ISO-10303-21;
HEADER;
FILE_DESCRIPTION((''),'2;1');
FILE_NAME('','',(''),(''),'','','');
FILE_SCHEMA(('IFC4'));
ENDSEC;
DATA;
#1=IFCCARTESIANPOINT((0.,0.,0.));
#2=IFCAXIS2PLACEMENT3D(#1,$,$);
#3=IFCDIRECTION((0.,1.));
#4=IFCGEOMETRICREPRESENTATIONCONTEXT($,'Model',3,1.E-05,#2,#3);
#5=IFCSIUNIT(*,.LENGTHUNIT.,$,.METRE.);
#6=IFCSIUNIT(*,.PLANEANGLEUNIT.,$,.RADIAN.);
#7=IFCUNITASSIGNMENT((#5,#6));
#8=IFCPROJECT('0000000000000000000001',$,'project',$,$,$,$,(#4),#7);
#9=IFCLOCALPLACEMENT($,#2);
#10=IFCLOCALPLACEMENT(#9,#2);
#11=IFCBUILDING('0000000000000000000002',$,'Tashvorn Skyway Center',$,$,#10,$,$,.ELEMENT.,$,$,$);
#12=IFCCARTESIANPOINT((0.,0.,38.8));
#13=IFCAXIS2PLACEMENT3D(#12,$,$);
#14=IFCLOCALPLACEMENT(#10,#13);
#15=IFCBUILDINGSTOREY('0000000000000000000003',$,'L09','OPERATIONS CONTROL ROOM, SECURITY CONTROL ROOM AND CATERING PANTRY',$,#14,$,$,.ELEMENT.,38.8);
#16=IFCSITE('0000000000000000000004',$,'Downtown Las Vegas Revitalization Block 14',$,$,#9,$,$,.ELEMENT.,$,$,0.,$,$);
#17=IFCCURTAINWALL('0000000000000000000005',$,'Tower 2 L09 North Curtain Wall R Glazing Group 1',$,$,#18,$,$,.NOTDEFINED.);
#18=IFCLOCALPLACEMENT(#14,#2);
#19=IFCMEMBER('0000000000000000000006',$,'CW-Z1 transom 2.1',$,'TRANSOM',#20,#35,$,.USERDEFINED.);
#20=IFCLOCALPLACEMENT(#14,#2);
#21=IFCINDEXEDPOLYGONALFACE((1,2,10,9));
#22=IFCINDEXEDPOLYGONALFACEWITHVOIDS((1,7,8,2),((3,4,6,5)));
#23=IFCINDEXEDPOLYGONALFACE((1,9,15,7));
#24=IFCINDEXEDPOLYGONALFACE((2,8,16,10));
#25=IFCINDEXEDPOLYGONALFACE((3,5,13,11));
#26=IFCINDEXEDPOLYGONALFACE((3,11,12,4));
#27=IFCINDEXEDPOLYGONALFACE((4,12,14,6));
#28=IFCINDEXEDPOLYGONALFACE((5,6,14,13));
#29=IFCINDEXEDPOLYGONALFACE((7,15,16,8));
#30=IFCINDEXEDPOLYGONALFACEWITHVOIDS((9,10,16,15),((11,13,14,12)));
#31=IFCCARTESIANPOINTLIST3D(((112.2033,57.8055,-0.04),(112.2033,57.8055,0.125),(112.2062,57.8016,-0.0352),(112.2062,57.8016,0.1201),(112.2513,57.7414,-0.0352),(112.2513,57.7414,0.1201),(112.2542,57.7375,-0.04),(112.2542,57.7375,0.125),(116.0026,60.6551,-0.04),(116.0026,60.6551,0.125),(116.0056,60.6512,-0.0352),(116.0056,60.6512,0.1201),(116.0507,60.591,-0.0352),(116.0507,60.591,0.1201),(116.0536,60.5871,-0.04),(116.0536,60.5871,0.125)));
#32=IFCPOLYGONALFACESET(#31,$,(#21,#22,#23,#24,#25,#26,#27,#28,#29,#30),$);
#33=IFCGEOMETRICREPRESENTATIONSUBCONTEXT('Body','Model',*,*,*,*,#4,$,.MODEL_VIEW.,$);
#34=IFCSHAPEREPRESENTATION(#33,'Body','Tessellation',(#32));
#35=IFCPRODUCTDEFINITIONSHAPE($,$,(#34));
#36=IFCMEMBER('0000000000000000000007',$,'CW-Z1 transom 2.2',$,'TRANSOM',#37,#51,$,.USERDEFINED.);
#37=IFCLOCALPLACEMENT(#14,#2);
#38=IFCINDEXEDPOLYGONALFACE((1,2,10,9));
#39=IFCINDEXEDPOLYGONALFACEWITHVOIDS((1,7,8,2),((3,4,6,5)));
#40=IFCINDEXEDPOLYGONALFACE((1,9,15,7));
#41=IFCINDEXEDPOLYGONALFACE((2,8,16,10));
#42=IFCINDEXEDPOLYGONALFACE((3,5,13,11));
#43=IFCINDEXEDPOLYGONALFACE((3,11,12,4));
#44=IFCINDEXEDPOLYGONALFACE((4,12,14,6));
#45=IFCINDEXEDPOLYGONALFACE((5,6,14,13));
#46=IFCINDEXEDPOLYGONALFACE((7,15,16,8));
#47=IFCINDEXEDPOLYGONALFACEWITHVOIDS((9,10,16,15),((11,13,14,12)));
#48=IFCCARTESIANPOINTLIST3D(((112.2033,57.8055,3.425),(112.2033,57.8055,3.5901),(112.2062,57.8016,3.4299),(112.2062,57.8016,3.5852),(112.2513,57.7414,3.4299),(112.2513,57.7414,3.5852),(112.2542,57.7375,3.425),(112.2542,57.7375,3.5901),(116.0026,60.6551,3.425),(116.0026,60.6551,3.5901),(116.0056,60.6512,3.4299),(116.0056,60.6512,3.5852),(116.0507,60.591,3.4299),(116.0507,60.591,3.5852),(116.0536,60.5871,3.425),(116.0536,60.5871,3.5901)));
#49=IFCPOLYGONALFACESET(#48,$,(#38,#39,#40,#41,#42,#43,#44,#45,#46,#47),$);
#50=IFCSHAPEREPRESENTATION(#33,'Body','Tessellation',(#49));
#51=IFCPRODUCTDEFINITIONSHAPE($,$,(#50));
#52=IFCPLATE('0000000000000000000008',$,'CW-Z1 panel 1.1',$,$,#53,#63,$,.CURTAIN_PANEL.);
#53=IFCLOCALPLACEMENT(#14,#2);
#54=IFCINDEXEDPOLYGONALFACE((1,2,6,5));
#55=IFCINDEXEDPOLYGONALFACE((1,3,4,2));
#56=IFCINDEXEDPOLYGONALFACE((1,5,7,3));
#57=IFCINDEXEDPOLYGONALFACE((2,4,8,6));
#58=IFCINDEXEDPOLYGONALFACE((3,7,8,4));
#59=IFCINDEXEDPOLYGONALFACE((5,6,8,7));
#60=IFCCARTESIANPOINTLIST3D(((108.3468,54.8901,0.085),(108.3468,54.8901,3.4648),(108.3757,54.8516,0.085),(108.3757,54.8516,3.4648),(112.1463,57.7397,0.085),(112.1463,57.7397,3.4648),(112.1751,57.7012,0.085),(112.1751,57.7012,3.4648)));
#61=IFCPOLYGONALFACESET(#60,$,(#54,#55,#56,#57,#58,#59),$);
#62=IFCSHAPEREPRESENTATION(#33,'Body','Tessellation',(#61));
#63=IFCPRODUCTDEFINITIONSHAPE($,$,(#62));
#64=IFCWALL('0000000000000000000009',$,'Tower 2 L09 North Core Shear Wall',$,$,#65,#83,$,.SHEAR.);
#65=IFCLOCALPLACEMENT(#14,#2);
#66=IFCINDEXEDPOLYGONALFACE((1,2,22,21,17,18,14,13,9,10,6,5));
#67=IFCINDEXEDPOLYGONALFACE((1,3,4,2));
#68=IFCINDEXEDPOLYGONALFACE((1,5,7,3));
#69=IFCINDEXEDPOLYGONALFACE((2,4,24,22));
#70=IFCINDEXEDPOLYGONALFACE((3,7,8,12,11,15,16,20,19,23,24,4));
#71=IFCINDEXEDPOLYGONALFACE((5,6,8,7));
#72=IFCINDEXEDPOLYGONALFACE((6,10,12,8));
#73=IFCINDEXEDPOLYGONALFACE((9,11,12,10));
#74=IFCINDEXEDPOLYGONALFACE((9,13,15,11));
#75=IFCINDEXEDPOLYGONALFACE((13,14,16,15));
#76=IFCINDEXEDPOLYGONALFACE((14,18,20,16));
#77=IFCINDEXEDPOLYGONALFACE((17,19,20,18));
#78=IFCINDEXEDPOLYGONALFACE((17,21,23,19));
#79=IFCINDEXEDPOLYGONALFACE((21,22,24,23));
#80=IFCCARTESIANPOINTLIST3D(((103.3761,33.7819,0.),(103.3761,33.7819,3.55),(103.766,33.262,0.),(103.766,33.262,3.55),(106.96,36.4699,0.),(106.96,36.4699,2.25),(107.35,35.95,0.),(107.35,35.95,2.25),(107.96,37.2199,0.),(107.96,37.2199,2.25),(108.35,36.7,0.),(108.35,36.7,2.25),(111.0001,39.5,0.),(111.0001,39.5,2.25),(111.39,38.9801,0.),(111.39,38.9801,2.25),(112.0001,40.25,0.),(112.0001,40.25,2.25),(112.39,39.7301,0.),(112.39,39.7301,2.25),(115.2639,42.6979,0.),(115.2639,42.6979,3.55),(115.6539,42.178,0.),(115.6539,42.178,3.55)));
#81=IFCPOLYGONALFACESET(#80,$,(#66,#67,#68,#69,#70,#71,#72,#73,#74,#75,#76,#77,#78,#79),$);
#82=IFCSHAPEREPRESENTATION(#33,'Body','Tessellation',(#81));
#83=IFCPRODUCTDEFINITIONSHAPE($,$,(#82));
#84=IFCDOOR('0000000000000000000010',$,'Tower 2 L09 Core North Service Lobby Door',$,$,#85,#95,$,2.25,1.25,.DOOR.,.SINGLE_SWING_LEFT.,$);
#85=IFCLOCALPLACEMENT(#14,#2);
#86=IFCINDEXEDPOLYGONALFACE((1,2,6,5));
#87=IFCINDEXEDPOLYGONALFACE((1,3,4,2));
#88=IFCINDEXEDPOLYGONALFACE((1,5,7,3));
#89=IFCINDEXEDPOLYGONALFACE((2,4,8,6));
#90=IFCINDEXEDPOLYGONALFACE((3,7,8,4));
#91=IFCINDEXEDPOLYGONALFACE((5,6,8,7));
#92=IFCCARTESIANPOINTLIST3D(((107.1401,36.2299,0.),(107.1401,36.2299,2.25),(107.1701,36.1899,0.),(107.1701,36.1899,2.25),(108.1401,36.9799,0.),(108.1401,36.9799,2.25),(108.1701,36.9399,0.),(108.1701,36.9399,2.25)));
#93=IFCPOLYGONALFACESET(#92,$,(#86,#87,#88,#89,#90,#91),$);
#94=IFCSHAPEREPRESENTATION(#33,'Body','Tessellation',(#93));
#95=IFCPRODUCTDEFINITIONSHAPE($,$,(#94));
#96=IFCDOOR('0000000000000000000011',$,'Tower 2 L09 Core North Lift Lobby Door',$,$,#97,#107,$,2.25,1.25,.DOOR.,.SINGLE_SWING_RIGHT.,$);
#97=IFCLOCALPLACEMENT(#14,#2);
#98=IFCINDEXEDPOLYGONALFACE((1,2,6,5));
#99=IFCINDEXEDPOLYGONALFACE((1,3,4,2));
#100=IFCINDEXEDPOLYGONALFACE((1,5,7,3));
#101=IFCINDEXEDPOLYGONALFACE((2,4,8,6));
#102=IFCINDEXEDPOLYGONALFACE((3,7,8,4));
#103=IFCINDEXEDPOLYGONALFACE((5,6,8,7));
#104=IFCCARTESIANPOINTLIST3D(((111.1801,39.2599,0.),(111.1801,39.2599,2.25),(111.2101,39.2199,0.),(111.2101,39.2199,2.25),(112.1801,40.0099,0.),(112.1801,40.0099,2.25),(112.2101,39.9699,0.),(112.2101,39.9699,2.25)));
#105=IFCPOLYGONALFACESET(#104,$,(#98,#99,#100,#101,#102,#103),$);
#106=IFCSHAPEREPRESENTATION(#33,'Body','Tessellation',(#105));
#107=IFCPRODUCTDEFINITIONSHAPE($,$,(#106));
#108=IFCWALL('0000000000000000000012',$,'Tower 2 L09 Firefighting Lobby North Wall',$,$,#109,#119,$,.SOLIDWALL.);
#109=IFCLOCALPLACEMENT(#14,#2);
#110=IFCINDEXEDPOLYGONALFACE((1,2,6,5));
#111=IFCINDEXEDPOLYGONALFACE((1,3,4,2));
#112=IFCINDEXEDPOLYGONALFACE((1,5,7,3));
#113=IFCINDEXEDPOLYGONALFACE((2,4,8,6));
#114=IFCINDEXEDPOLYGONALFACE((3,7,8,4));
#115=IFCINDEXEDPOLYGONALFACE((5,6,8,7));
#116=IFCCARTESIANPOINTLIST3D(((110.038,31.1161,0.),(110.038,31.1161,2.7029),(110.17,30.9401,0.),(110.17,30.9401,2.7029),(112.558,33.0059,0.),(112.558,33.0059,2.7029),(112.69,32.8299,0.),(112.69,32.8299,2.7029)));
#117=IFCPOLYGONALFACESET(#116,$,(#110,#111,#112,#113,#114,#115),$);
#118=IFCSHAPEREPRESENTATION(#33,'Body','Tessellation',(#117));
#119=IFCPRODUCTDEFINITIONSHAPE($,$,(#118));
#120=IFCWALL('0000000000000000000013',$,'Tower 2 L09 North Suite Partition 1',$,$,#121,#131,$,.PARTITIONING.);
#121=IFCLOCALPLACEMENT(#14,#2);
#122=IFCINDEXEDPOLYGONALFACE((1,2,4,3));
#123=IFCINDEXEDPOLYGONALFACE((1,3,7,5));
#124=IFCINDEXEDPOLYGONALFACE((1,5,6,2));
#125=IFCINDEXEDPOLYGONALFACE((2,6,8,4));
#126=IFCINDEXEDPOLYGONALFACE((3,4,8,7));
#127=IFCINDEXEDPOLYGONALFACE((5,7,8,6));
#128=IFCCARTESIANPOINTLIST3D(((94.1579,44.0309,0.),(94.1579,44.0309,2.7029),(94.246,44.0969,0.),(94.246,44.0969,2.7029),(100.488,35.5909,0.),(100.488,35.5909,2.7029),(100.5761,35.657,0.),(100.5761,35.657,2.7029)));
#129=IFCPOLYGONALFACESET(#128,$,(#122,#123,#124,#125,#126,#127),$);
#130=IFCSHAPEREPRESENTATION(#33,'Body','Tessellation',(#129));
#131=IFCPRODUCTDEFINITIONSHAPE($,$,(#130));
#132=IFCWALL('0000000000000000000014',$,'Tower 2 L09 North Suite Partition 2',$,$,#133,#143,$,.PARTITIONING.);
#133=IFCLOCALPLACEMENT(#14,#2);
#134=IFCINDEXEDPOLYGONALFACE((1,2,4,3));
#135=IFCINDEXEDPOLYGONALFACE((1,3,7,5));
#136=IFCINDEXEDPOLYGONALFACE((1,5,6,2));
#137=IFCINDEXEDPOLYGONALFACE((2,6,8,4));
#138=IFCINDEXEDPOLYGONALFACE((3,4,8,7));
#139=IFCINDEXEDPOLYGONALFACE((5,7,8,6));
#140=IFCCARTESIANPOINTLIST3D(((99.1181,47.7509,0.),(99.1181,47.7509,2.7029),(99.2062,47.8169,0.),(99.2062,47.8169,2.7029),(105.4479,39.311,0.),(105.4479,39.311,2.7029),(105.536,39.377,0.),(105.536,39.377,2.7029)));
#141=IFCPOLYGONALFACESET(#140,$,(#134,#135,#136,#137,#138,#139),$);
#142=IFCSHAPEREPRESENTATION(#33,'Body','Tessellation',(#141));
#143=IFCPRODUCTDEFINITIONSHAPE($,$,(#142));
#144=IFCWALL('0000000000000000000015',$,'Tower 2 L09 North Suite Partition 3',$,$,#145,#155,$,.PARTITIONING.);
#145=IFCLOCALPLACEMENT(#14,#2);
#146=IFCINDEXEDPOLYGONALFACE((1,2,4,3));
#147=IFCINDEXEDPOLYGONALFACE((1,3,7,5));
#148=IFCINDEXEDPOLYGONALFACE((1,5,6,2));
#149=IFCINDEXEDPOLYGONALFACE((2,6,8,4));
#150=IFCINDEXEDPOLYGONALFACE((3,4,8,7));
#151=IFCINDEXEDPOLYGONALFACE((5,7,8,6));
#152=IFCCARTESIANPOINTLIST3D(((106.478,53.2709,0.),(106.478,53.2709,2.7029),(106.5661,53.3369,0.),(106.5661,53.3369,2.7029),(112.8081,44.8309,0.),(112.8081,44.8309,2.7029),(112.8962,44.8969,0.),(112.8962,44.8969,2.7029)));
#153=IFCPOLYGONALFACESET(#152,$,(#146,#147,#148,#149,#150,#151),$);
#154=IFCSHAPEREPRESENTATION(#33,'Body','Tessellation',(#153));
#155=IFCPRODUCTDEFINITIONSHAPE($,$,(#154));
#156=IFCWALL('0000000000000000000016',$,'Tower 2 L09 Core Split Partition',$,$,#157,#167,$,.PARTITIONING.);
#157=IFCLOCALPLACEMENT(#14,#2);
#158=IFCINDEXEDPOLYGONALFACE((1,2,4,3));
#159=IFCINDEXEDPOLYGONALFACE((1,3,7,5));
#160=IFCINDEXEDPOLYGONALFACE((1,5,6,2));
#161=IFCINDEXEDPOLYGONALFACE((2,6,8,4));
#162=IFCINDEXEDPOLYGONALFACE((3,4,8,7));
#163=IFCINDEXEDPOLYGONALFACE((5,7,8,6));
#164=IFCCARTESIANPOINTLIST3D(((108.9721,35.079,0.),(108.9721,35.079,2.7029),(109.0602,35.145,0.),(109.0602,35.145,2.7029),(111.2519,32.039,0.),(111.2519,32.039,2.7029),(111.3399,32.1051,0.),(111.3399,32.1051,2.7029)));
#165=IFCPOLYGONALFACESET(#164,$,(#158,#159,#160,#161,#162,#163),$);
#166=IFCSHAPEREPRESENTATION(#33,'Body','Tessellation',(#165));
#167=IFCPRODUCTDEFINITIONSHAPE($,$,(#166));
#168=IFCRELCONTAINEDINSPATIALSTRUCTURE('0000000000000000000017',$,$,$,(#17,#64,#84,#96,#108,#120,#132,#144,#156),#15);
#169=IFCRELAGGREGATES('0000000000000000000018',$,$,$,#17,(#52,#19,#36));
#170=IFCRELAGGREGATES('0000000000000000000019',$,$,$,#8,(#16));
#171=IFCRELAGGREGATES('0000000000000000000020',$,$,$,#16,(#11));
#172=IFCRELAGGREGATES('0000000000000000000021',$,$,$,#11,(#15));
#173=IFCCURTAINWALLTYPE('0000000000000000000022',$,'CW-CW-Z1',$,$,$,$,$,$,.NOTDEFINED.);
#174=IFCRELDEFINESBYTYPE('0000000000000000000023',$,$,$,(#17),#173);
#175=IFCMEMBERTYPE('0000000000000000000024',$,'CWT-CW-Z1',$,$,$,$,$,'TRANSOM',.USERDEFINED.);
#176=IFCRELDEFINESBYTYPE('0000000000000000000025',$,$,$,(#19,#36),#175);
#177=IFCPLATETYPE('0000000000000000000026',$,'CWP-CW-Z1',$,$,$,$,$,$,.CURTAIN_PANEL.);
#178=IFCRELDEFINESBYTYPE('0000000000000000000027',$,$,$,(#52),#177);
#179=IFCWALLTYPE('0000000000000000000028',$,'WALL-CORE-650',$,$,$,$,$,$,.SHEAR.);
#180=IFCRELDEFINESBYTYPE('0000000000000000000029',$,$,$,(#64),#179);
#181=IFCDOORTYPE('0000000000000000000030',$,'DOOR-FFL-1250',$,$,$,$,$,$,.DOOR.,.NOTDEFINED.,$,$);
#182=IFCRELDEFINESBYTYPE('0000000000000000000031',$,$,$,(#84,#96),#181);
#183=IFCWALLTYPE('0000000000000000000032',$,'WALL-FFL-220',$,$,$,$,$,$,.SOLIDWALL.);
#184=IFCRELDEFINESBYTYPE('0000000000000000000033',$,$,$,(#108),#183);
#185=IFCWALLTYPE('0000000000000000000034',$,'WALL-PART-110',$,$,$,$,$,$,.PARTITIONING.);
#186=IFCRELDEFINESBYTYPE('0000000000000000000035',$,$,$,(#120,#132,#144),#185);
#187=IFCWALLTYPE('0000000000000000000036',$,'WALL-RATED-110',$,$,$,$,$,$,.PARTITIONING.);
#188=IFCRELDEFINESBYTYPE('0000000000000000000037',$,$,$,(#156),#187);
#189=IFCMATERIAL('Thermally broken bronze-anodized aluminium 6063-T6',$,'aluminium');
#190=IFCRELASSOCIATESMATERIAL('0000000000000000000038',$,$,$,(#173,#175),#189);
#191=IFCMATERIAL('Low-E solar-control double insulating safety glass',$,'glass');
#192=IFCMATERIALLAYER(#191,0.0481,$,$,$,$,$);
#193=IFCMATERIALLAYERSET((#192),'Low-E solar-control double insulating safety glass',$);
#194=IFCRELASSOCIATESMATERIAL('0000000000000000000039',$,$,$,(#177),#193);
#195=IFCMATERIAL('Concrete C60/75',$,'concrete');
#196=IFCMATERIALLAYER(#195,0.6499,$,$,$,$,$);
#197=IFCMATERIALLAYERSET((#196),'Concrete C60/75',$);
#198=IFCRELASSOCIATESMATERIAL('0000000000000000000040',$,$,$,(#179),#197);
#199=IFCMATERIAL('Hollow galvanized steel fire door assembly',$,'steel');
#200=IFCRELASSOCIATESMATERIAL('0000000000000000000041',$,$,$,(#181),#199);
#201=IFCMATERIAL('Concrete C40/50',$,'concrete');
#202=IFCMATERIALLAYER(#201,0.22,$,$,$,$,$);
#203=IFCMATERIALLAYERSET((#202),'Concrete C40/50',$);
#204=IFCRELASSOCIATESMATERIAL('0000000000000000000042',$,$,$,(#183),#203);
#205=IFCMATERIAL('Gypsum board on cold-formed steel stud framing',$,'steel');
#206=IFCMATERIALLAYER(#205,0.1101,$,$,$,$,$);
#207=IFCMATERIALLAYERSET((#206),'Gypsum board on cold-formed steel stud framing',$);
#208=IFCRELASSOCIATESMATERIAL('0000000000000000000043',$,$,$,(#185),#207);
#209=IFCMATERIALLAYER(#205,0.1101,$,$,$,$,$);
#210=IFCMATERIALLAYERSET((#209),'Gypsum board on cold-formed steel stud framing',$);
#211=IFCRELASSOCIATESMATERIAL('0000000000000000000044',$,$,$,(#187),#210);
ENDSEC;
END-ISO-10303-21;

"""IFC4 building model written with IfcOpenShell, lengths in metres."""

from ifc_helpers import new_model, si_unit, direction, frame, frame_2d, origin, origin_2d, place, context, subcontext, project, spatial, rectangle, hollow_rectangle, extrude, material, layer, layer_set, material_profile, profile_set, type_object, element, fill, aggregate, save


model = new_model("IFC4")

# Units and contexts
model_context = context("Model", 3, precision=1e-05, world=origin(), true_north=direction((0.0, 1.0)))
body_context = subcontext(model_context, "Body", "Model", "MODEL_VIEW")
ifc_project = project(units=[si_unit("LENGTHUNIT", "METRE"), si_unit("PLANEANGLEUNIT", "RADIAN")], contexts=[model_context])

# Site, building, storey
site_placement = place(None, origin())
site = spatial("IfcSite", under=ifc_project, at=site_placement, Name="Downtown Las Vegas Revitalization Block 14", CompositionType="ELEMENT", RefElevation=0.0)
building_placement = place(site_placement, origin())
building = spatial("IfcBuilding", under=site, at=building_placement, Name="Tashvorn Skyway Center", CompositionType="ELEMENT")
storey_placement = place(building_placement, frame((0.0, 0.0, 38.8)))
storey = spatial("IfcBuildingStorey", under=building, at=storey_placement, Name="L09", Description="OPERATIONS CONTROL ROOM, SECURITY CONTROL ROOM AND CATERING PANTRY", CompositionType="ELEMENT", Elevation=38.8)

# Curtain wall, members, plate
ifc_material_1 = material(Name="Thermally broken bronze-anodized aluminium 6063-T6", Category="aluminium")
curtain_wall_type = type_object("IfcCurtainWallType", Name="CW-CW-Z1", PredefinedType="NOTDEFINED", material=ifc_material_1)
curtain_wall_placement = place(storey_placement, origin())
curtain_wall = element("IfcCurtainWall", 1, at=curtain_wall_placement, inside=storey, type_object=curtain_wall_type, Name="Tower 2 L09 North Curtain Wall R Glazing Group 1", PredefinedType="NOTDEFINED")
ifc_material_profile_1 = material_profile(ifc_material_1, hollow_rectangle(XDim=0.085, YDim=0.165, WallThickness=0.0049, at=origin_2d()), Name="ALU-TRAN-85x165")
ifc_profile_set_1 = profile_set([ifc_material_profile_1], Name="Thermally broken bronze-anodized aluminium 6063-T6")
member_type_1 = type_object("IfcMemberType", Name="CWT-CW-Z1", ElementType="TRANSOM", PredefinedType="USERDEFINED", material=ifc_profile_set_1)
member_1_placement = place(storey_placement, frame((112.2288, 57.7715, 0.0425), z_axis=(0.799988, 0.600016, 0.0), x_axis=(-0.600016, 0.799988, 0.0)))
member_1 = element("IfcMember", 2, at=member_1_placement, type_object=member_type_1, Name="CW-Z1 transom 2.1", ObjectType="TRANSOM", PredefinedType="USERDEFINED", context=body_context, shape_type="SweptSolid", body=[
    extrude(hollow_rectangle(XDim=0.085, YDim=0.165, WallThickness=0.0049, at=origin_2d()), origin(), (0.0, 0.0, 1.0), 4.7493),
])
member_2_placement = place(storey_placement, frame((112.2288, 57.7715, 3.5076), z_axis=(0.799988, 0.600016, 0.0), x_axis=(-0.600016, 0.799988, 0.0)))
member_2 = element("IfcMember", 3, at=member_2_placement, type_object=member_type_1, Name="CW-Z1 transom 2.2", ObjectType="TRANSOM", PredefinedType="USERDEFINED", context=body_context, shape_type="SweptSolid", body=[
    extrude(hollow_rectangle(XDim=0.085, YDim=0.165, WallThickness=0.0049, at=origin_2d()), origin(), (0.0, 0.0, 1.0), 4.7493),
])
ifc_material_2 = material(Name="Low-E solar-control double insulating safety glass", Category="glass")
ifc_layer_1 = layer(ifc_material_2, 0.0481)
ifc_layer_set_1 = layer_set([ifc_layer_1], Name="Low-E solar-control double insulating safety glass")
plate_type = type_object("IfcPlateType", Name="CWP-CW-Z1", PredefinedType="CURTAIN_PANEL", material=ifc_layer_set_1)
plate_placement = place(storey_placement, frame((110.261, 56.2957, 0.085), z_axis=(0.0, 0.0, 1.0), x_axis=(0.800001, 0.599998, 0.0)))
plate = element("IfcPlate", 4, at=plate_placement, type_object=plate_type, Name="CW-Z1 panel 1.1", PredefinedType="CURTAIN_PANEL", context=body_context, shape_type="SweptSolid", body=[
    extrude(rectangle(XDim=4.7493, YDim=0.0481, at=origin_2d()), origin(), (0.0, 0.0, 1.0), 3.3799),
])
aggregate(curtain_wall, [plate, member_1, member_2])

# Wall, openings, doors
ifc_material_3 = material(Name="Concrete C60/75", Category="concrete")
ifc_layer_2 = layer(ifc_material_3, 0.6499)
ifc_layer_set_2 = layer_set([ifc_layer_2], Name="Concrete C60/75")
wall_type_1 = type_object("IfcWallType", Name="WALL-CORE-650", PredefinedType="SHEAR", material=ifc_layer_set_2)
wall_1_placement = place(storey_placement, frame((103.571, 33.522, 0.0), z_axis=(0.0, 0.0, 1.0), x_axis=(0.799998, 0.600003, 0.0)))
wall_1 = element("IfcWall", 5, at=wall_1_placement, inside=storey, type_object=wall_type_1, Name="Tower 2 L09 North Core Shear Wall", PredefinedType="SHEAR", context=body_context, shape_type="SweptSolid", body=[
    extrude(rectangle(XDim=14.8599, YDim=0.6499, at=frame_2d((7.4299, 0.0))), origin(), (0.0, 0.0, 1.0), 3.55),
])
opening_1_placement = place(wall_1_placement, frame((4.48, 0.0, 0.0)))
opening_1 = element("IfcOpeningElement", 6, at=opening_1_placement, cuts=wall_1, PredefinedType="OPENING", context=body_context, shape_type="SweptSolid", body=[
    extrude(rectangle(XDim=1.25, YDim=2.25, at=frame_2d((0.625, 1.125))), frame((0.0, 0.335, 0.0), z_axis=(0.0, -1.0, 0.0), x_axis=(1.0, 0.0, 0.0)), (0.0, 0.0, 1.0), 0.6699),
])
opening_2_placement = place(wall_1_placement, frame((9.53, 0.0, 0.0)))
opening_2 = element("IfcOpeningElement", 7, at=opening_2_placement, cuts=wall_1, PredefinedType="OPENING", context=body_context, shape_type="SweptSolid", body=[
    extrude(rectangle(XDim=1.25, YDim=2.25, at=frame_2d((0.625, 1.125))), frame((0.0, 0.335, 0.0), z_axis=(0.0, -1.0, 0.0), x_axis=(1.0, 0.0, 0.0)), (0.0, 0.0, 1.0), 0.6699),
])
ifc_material_4 = material(Name="Hollow galvanized steel fire door assembly", Category="steel")
door_type_1 = type_object("IfcDoorType", Name="DOOR-FFL-1250", OperationType="NOTDEFINED", PredefinedType="DOOR", material=ifc_material_4)
door_1_placement = place(opening_1_placement, origin())
door_1 = element("IfcDoor", 8, at=door_1_placement, inside=storey, type_object=door_type_1, Name="Tower 2 L09 Core North Service Lobby Door", OperationType="SINGLE_SWING_LEFT", OverallHeight=2.25, OverallWidth=1.25, PredefinedType="DOOR", context=body_context, shape_type="SweptSolid", body=[
    extrude(rectangle(XDim=1.25, YDim=2.25, at=frame_2d((0.625, 1.125))), frame((0.0, 0.0249, 0.0), z_axis=(0.0, -1.0, 0.0), x_axis=(1.0, 0.0, 0.0)), (0.0, 0.0, 1.0), 0.05),
])
fill(opening_1, door_1)
door_2_placement = place(opening_2_placement, origin())
door_2 = element("IfcDoor", 9, at=door_2_placement, inside=storey, type_object=door_type_1, Name="Tower 2 L09 Core North Lift Lobby Door", OperationType="SINGLE_SWING_RIGHT", OverallHeight=2.25, OverallWidth=1.25, PredefinedType="DOOR", context=body_context, shape_type="SweptSolid", body=[
    extrude(rectangle(XDim=1.25, YDim=2.25, at=frame_2d((0.625, 1.125))), frame((0.0, 0.0249, 0.0), z_axis=(0.0, -1.0, 0.0), x_axis=(1.0, 0.0, 0.0)), (0.0, 0.0, 1.0), 0.05),
])
fill(opening_2, door_2)

# Walls
ifc_material_5 = material(Name="Concrete C40/50", Category="concrete")
ifc_layer_3 = layer(ifc_material_5, 0.22)
ifc_layer_set_3 = layer_set([ifc_layer_3], Name="Concrete C40/50")
wall_type_2 = type_object("IfcWallType", Name="WALL-FFL-220", PredefinedType="SOLIDWALL", material=ifc_layer_set_3)
wall_2_placement = place(storey_placement, frame((110.104, 31.0281, 0.0), z_axis=(0.0, 0.0, 1.0), x_axis=(0.800019, 0.599975, 0.0)))
element("IfcWall", 10, at=wall_2_placement, inside=storey, type_object=wall_type_2, Name="Tower 2 L09 Firefighting Lobby North Wall", PredefinedType="SOLIDWALL", context=body_context, shape_type="SweptSolid", body=[
    extrude(rectangle(XDim=3.1499, YDim=0.22, at=frame_2d((1.575, 0.0))), origin(), (0.0, 0.0, 1.0), 2.7029),
])
ifc_material_6 = material(Name="Gypsum board on cold-formed steel stud framing", Category="steel")
ifc_layer_4 = layer(ifc_material_6, 0.1101)
ifc_layer_set_4 = layer_set([ifc_layer_4], Name="Gypsum board on cold-formed steel stud framing")
wall_type_3 = type_object("IfcWallType", Name="WALL-PART-110", PredefinedType="PARTITIONING", material=ifc_layer_set_4)
wall_3_placement = place(storey_placement, frame((100.532, 35.624, 0.0), z_axis=(0.0, 0.0, 1.0), x_axis=(-0.600007, 0.799994, 0.0)))
element("IfcWall", 11, at=wall_3_placement, inside=storey, type_object=wall_type_3, Name="Tower 2 L09 North Suite Partition 1", PredefinedType="PARTITIONING", context=body_context, shape_type="SweptSolid", body=[
    extrude(rectangle(XDim=10.55, YDim=0.1101, at=frame_2d((5.2749, 0.0))), origin(), (0.0, 0.0, 1.0), 2.7029),
])
wall_4_placement = place(storey_placement, frame((105.4919, 39.344, 0.0), z_axis=(0.0, 0.0, 1.0), x_axis=(-0.599993, 0.800006, 0.0)))
element("IfcWall", 12, at=wall_4_placement, inside=storey, type_object=wall_type_3, Name="Tower 2 L09 North Suite Partition 2", PredefinedType="PARTITIONING", context=body_context, shape_type="SweptSolid", body=[
    extrude(rectangle(XDim=10.5498, YDim=0.1101, at=frame_2d((5.2749, 0.0))), origin(), (0.0, 0.0, 1.0), 2.7029),
])
wall_5_placement = place(storey_placement, frame((112.8521, 44.864, 0.0), z_axis=(0.0, 0.0, 1.0), x_axis=(-0.600007, 0.799994, 0.0)))
element("IfcWall", 13, at=wall_5_placement, inside=storey, type_object=wall_type_3, Name="Tower 2 L09 North Suite Partition 3", PredefinedType="PARTITIONING", context=body_context, shape_type="SweptSolid", body=[
    extrude(rectangle(XDim=10.55, YDim=0.1101, at=frame_2d((5.2749, 0.0))), origin(), (0.0, 0.0, 1.0), 2.7029),
])
ifc_layer_5 = layer(ifc_material_6, 0.1101)
ifc_layer_set_5 = layer_set([ifc_layer_5], Name="Gypsum board on cold-formed steel stud framing")
wall_type_4 = type_object("IfcWallType", Name="WALL-RATED-110", PredefinedType="PARTITIONING", material=ifc_layer_set_5)
wall_6_placement = place(storey_placement, frame((111.2959, 32.072, 0.0), z_axis=(0.0, 0.0, 1.0), x_axis=(-0.599959, 0.800031, 0.0)))
element("IfcWall", 14, at=wall_6_placement, inside=storey, type_object=wall_type_4, Name="Tower 2 L09 Core Split Partition", PredefinedType="PARTITIONING", context=body_context, shape_type="SweptSolid", body=[
    extrude(rectangle(XDim=3.7998, YDim=0.1101, at=frame_2d((1.8999, 0.0))), origin(), (0.0, 0.0, 1.0), 2.7029),
])

save(model, "model.ifc")
